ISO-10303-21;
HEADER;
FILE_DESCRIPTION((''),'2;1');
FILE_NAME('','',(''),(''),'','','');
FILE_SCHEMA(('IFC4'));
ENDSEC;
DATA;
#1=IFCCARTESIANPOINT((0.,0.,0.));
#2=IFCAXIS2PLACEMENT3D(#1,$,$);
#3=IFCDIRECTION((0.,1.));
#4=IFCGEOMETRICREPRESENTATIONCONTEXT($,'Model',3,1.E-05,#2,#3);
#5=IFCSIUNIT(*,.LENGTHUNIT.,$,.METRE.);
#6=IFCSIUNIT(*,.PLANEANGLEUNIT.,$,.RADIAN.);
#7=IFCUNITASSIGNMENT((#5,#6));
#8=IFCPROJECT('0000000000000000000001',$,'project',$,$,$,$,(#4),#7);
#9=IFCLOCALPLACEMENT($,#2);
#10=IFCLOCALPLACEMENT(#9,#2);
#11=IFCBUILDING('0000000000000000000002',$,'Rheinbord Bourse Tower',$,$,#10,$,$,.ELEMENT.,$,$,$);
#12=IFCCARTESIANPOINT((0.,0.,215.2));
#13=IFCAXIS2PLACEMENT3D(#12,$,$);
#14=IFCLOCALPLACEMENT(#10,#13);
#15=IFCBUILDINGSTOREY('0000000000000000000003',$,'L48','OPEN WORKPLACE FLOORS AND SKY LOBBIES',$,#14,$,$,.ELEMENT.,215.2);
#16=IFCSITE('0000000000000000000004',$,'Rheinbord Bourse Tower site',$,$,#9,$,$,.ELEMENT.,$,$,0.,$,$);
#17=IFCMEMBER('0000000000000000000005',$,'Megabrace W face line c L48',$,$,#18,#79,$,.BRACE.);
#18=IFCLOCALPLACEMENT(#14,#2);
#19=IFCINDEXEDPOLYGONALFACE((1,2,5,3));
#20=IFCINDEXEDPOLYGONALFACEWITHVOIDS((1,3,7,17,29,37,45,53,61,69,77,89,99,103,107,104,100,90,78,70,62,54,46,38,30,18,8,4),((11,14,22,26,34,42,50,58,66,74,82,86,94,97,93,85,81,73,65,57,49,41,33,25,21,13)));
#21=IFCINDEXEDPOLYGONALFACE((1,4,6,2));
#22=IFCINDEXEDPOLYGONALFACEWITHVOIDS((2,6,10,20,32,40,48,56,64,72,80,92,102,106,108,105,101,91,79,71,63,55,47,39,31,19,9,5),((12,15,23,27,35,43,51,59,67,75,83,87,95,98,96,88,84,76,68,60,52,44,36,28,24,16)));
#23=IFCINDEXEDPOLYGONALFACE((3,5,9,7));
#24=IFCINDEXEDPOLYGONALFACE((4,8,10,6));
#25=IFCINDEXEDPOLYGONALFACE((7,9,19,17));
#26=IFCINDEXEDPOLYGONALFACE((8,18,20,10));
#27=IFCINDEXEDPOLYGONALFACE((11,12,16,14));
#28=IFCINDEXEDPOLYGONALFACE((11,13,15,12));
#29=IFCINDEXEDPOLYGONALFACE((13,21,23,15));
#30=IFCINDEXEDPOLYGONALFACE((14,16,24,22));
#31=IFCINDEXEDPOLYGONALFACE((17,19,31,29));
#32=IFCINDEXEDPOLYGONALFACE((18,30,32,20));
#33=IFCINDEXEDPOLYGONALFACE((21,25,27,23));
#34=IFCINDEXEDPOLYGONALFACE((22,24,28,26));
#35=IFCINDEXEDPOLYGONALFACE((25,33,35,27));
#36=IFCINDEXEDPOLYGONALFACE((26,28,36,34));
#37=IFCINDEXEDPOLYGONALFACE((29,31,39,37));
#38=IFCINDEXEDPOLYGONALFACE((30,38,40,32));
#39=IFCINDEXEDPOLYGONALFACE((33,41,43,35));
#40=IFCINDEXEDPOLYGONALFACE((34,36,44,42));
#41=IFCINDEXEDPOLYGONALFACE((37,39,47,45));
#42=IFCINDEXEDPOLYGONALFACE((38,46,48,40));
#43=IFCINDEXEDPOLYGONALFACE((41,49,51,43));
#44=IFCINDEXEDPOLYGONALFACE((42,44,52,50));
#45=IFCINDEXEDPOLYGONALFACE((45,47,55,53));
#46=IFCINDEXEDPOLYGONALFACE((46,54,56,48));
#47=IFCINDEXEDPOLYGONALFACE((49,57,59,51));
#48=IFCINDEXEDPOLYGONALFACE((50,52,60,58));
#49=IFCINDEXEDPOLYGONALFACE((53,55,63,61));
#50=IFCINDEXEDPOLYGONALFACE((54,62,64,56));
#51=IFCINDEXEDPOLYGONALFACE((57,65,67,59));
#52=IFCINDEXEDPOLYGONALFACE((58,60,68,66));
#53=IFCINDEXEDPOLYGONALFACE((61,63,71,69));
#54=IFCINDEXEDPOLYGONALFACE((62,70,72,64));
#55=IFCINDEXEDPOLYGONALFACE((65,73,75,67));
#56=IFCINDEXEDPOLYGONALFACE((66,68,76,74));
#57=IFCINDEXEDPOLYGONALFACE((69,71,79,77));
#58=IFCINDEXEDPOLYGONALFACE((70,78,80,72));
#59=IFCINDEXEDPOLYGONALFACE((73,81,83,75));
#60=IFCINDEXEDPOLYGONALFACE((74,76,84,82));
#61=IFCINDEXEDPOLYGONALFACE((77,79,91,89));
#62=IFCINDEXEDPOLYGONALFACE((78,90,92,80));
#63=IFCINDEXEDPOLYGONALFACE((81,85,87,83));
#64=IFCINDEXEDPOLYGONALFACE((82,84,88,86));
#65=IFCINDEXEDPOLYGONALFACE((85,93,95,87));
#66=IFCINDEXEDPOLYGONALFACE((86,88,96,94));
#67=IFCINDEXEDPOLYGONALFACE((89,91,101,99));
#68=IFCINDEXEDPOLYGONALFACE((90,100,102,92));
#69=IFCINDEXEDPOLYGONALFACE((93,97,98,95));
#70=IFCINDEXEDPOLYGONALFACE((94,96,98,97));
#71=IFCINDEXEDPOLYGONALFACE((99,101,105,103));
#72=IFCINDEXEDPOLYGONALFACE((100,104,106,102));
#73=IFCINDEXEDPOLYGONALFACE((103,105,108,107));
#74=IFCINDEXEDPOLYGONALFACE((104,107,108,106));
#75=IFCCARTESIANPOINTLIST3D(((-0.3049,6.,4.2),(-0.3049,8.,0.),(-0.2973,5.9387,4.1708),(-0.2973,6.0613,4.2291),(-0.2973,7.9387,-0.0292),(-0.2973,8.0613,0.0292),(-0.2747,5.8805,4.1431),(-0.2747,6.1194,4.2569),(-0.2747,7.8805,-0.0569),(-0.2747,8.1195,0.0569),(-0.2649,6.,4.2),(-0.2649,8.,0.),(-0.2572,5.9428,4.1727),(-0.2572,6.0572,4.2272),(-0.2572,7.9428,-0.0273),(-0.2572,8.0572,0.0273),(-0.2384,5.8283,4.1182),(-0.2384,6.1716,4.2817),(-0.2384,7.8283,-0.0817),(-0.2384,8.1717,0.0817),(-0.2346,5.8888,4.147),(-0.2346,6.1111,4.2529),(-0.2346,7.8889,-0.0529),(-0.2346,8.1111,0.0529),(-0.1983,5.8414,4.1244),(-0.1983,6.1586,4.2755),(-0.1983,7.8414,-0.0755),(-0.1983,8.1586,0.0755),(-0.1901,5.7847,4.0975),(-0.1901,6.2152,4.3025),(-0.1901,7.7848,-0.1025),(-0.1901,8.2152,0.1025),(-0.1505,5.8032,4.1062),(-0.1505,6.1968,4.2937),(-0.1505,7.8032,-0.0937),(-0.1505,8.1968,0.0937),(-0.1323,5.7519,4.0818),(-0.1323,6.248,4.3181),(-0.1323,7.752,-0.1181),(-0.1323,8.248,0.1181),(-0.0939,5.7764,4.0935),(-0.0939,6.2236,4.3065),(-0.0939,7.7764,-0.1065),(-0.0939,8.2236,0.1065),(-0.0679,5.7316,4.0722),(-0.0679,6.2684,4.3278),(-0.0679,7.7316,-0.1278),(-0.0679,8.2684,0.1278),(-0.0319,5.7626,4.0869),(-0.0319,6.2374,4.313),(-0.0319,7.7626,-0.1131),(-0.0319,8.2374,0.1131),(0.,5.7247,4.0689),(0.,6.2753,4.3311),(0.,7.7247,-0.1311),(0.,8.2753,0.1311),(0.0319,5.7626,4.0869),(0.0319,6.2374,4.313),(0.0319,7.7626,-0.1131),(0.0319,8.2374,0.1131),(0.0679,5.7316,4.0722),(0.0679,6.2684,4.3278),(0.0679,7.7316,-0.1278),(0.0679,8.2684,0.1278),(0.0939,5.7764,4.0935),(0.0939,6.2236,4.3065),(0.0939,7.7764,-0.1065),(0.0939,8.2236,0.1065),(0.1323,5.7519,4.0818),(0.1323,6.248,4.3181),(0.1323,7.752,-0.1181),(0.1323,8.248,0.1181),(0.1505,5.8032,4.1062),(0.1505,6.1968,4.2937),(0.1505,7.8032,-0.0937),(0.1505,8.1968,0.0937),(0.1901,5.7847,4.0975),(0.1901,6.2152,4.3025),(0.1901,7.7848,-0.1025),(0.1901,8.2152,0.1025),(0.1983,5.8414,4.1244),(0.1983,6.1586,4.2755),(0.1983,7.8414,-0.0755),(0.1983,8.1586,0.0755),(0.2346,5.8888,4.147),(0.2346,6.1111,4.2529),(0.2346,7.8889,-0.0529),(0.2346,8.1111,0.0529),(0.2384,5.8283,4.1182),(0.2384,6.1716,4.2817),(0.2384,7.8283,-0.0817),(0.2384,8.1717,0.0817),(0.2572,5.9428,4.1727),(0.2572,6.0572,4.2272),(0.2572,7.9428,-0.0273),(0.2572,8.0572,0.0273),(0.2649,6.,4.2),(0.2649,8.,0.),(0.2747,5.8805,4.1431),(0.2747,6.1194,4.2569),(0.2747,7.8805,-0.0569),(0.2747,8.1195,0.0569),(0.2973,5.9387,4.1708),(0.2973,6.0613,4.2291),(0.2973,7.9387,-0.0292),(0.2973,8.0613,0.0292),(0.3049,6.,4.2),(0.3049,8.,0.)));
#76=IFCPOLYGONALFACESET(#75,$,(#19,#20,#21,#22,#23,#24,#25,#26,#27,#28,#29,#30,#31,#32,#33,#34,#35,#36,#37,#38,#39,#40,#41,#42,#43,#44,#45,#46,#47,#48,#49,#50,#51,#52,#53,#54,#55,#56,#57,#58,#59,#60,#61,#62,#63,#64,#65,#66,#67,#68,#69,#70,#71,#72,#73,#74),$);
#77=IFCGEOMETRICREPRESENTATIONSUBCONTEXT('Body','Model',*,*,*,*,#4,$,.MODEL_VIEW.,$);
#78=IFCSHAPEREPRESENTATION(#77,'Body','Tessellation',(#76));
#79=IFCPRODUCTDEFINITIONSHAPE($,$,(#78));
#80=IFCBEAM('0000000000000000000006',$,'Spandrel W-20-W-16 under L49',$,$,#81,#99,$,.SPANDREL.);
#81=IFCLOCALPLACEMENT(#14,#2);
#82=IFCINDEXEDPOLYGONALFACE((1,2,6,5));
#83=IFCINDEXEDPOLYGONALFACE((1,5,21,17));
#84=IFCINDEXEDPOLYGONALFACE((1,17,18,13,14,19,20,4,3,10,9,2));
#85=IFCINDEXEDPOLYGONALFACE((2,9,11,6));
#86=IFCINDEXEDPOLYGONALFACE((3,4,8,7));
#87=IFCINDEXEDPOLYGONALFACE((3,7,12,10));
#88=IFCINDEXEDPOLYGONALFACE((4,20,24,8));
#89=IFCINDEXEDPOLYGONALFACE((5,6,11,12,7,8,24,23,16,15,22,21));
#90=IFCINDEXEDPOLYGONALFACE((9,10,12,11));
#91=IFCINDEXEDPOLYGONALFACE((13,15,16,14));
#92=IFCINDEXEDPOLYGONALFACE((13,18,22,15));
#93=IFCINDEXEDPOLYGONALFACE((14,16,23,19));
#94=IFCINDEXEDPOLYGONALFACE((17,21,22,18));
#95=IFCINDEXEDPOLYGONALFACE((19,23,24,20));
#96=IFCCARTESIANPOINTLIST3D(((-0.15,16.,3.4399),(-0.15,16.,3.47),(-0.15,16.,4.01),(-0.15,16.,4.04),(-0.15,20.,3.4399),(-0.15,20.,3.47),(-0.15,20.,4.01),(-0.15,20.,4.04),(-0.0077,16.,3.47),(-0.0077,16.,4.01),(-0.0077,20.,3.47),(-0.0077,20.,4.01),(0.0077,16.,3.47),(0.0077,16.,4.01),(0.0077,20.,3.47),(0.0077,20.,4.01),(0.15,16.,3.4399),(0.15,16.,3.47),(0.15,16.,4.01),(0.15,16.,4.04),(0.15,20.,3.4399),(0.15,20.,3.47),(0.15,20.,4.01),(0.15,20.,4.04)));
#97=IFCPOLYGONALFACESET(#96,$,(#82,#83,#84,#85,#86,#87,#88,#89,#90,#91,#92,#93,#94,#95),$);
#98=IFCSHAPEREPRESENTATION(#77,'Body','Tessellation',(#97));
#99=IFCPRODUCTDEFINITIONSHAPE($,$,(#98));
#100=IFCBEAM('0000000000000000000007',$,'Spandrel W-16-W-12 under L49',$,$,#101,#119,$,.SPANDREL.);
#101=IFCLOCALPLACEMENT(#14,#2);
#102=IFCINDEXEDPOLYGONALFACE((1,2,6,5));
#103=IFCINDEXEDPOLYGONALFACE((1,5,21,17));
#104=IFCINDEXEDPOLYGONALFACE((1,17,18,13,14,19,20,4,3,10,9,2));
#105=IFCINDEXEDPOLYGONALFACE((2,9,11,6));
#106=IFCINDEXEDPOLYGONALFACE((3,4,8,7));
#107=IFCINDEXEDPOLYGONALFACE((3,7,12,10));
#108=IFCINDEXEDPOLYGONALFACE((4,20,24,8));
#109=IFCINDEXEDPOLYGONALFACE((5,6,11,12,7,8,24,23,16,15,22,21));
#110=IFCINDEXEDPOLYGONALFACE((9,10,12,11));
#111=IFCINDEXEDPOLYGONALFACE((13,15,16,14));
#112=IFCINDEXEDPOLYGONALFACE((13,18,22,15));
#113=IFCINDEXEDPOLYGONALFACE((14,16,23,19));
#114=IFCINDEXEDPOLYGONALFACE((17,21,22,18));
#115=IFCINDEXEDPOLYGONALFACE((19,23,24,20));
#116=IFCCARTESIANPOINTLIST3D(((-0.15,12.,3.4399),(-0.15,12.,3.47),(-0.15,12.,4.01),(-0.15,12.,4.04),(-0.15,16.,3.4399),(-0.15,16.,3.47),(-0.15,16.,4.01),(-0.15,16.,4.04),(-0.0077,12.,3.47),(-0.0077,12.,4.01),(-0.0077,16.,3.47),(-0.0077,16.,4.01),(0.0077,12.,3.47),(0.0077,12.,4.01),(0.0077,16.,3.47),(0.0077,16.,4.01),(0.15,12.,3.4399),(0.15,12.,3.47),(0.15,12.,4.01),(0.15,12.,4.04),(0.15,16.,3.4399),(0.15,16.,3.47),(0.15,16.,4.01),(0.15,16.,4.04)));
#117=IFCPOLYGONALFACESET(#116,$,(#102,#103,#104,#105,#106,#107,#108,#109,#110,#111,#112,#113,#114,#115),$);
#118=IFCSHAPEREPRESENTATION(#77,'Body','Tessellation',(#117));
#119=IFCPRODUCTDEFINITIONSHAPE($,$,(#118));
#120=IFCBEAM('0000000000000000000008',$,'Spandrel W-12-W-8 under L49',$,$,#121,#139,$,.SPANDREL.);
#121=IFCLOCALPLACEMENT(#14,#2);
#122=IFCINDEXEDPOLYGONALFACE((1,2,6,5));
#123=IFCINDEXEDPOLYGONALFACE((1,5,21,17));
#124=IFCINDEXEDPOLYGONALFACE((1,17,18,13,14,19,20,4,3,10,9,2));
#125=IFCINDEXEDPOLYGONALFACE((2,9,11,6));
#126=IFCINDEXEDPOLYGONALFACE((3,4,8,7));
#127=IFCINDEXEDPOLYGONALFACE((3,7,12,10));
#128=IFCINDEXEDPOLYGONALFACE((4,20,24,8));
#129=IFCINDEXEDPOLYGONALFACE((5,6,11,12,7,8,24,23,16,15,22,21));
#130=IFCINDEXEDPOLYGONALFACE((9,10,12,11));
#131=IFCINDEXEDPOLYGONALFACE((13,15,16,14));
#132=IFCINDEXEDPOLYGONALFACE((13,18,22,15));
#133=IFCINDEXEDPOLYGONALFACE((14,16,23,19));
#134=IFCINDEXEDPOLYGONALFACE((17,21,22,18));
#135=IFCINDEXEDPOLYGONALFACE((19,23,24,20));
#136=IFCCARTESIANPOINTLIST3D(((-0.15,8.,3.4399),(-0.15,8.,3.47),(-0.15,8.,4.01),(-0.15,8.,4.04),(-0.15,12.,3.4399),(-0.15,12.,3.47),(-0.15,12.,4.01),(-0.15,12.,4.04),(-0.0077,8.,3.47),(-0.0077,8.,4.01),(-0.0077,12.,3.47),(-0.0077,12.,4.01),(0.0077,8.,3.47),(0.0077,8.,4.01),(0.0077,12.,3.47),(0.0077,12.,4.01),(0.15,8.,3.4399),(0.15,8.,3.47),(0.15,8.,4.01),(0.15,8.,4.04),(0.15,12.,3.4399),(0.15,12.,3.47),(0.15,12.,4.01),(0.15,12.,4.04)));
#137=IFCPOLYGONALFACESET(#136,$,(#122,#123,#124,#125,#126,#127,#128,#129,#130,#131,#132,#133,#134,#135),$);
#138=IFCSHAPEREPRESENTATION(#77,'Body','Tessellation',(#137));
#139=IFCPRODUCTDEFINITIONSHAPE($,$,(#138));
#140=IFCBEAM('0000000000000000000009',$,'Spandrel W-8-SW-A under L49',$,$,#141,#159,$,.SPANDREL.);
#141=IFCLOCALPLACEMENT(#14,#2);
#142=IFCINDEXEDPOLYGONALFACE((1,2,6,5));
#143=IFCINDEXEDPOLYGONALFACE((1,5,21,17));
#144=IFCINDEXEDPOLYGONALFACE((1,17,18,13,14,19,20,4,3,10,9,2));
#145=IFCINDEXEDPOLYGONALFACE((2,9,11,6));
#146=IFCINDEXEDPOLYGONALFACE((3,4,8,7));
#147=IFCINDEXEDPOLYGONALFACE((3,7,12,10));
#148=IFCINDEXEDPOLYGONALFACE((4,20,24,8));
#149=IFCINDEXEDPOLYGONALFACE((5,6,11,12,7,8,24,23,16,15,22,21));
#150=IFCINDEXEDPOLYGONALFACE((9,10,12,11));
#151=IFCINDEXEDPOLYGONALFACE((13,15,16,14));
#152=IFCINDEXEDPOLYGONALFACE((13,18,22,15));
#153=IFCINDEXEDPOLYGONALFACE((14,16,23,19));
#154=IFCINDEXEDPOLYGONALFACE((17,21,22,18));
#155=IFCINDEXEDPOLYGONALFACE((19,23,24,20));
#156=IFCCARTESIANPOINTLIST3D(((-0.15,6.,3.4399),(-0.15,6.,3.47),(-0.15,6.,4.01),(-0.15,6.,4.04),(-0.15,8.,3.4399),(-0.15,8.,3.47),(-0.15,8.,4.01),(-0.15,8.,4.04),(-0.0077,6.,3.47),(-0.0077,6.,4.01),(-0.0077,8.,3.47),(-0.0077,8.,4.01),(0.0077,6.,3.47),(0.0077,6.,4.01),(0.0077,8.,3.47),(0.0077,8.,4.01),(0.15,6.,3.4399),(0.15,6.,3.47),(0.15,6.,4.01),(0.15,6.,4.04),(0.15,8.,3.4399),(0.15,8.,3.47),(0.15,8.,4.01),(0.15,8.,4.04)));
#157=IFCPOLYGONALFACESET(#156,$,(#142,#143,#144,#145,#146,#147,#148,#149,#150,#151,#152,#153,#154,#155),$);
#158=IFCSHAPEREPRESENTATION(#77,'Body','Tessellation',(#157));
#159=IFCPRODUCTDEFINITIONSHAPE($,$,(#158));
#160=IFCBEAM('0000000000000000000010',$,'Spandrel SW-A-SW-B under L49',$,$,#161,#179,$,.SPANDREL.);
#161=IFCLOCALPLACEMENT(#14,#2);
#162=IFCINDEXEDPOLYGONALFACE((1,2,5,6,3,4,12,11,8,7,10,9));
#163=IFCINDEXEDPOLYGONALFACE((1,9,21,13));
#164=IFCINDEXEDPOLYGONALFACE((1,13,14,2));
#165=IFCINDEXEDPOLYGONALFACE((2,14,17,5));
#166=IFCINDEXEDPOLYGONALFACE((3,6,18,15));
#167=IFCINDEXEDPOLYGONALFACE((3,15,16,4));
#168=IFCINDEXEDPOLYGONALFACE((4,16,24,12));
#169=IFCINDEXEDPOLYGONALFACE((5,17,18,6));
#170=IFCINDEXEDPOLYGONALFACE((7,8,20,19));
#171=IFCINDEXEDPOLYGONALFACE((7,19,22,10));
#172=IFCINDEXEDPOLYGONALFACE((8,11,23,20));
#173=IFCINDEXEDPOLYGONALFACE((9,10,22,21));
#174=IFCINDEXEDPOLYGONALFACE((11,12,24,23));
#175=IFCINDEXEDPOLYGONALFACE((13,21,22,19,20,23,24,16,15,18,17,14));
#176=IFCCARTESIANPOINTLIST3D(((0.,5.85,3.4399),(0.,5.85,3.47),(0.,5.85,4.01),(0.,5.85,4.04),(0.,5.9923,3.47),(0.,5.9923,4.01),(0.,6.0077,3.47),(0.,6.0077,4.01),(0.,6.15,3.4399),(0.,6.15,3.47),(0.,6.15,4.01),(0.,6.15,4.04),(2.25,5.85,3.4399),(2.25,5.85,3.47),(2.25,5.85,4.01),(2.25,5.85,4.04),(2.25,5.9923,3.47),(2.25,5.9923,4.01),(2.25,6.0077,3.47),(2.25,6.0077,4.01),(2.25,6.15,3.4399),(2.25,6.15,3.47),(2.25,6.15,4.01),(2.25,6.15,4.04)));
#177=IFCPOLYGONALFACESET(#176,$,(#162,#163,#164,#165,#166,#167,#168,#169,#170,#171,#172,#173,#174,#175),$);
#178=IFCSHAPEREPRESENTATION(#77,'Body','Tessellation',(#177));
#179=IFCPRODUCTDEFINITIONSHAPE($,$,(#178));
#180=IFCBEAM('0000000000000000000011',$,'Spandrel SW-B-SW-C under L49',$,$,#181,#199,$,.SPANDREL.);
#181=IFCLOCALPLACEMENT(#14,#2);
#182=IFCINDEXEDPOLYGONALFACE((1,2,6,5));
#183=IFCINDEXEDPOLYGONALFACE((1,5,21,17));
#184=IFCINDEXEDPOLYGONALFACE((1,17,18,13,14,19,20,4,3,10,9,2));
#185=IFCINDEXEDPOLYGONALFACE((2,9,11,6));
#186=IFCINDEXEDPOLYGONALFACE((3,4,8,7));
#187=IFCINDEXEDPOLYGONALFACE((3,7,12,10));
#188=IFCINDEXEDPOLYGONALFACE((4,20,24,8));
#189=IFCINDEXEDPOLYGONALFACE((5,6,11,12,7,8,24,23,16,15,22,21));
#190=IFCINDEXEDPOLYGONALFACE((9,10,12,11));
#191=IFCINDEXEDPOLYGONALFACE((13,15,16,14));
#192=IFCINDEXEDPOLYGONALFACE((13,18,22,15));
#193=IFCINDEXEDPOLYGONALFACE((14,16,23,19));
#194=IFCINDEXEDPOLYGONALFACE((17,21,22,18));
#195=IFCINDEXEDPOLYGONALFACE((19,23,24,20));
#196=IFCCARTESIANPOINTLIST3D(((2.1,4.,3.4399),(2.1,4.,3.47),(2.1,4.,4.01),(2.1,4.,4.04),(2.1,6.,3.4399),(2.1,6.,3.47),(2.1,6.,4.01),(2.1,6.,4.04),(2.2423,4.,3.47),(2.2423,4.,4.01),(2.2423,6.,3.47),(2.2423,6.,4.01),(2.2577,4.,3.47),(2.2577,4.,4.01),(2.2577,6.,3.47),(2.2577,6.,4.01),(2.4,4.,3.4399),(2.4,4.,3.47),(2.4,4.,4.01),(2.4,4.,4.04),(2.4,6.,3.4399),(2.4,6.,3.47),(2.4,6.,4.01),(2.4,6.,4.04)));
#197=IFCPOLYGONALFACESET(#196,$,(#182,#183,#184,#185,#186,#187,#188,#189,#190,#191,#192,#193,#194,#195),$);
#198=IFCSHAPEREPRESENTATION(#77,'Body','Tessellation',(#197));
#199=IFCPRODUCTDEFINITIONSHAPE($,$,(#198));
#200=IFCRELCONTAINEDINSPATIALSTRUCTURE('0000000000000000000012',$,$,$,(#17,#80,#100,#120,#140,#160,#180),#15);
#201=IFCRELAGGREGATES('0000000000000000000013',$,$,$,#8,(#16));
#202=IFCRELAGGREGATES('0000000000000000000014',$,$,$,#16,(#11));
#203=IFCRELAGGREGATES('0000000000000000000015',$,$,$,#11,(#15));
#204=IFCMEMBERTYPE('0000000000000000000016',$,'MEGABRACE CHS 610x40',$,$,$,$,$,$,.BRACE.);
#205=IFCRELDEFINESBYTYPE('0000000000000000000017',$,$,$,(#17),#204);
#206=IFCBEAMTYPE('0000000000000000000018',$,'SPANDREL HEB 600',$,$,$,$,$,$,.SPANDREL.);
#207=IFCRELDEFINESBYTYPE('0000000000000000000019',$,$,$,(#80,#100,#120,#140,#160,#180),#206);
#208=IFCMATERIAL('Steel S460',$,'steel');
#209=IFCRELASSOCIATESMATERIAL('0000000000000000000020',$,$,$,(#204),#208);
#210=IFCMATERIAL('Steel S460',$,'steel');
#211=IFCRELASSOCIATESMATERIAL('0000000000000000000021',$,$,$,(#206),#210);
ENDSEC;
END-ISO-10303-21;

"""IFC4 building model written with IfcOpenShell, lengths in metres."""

from ifc_helpers import new_model, si_unit, direction, frame, origin, origin_2d, place, context, subcontext, project, spatial, hollow_circle, i_section, extrude, material, material_profile, profile_set, type_object, element, save


model = new_model("IFC4")

# Units and contexts
model_context = context("Model", 3, precision=1e-05, world=origin(), true_north=direction((0.0, 1.0)))
body_context = subcontext(model_context, "Body", "Model", "MODEL_VIEW")
ifc_project = project(units=[si_unit("LENGTHUNIT", "METRE"), si_unit("PLANEANGLEUNIT", "RADIAN")], contexts=[model_context])

# Site, building, storey
site_placement = place(None, origin())
site = spatial("IfcSite", under=ifc_project, at=site_placement, Name="Rheinbord Bourse Tower site", CompositionType="ELEMENT", RefElevation=0.0)
building_placement = place(site_placement, origin())
building = spatial("IfcBuilding", under=site, at=building_placement, Name="Rheinbord Bourse Tower", CompositionType="ELEMENT")
storey_placement = place(building_placement, frame((0.0, 0.0, 215.2)))
storey = spatial("IfcBuildingStorey", under=building, at=storey_placement, Name="L48", Description="OPEN WORKPLACE FLOORS AND SKY LOBBIES", CompositionType="ELEMENT", Elevation=215.2)

# Member
ifc_material_1 = material(Name="Steel S460", Category="steel")
ifc_material_profile_1 = material_profile(ifc_material_1, hollow_circle(Radius=0.3049, WallThickness=0.04, at=origin_2d()), Name="CHS 610x40")
ifc_profile_set_1 = profile_set([ifc_material_profile_1], Name="Steel S460")
member_type_1 = type_object("IfcMemberType", Name="MEGABRACE CHS 610x40", PredefinedType="BRACE", material=ifc_profile_set_1)
member_1_placement = place(storey_placement, frame((0.0, 8.0, 0.0), z_axis=(0.0, -0.429938, 0.902859), x_axis=(1.0, 0.0, 0.0)))
element("IfcMember", 1, at=member_1_placement, inside=storey, type_object=member_type_1, Name="Megabrace W face line c L48", PredefinedType="BRACE", context=body_context, shape_type="SweptSolid", body=[
    extrude(hollow_circle(Radius=0.3049, WallThickness=0.04, at=origin_2d()), origin(), (0.0, 0.0, 1.0), 4.6519),
])

# Beams
ifc_material_2 = material(Name="Steel S460", Category="steel")
ifc_material_profile_2 = material_profile(ifc_material_2, i_section(OverallWidth=0.3, OverallDepth=0.6001, WebThickness=0.0154, FlangeThickness=0.03, at=origin_2d()), Name="HEB 600")
ifc_profile_set_2 = profile_set([ifc_material_profile_2], Name="Steel S460")
beam_type_1 = type_object("IfcBeamType", Name="SPANDREL HEB 600", PredefinedType="SPANDREL", material=ifc_profile_set_2)
for number, where, z_axis, x_axis, name in (
    (2, (0.0, 20.0, 3.74), (0.0, -1.0, 0.0), (1.0, 0.0, 0.0), "Spandrel W-20-W-16 under L49"),
    (3, (0.0, 16.0, 3.74), (0.0, -1.0, 0.0), (1.0, 0.0, 0.0), "Spandrel W-16-W-12 under L49"),
    (4, (0.0, 12.0, 3.74), (0.0, -1.0, 0.0), (1.0, 0.0, 0.0), "Spandrel W-12-W-8 under L49"),
):
    element("IfcBeam", number, at=place(storey_placement, frame(where, z_axis=z_axis, x_axis=x_axis)), inside=storey, type_object=beam_type_1, Name=name, PredefinedType="SPANDREL", context=body_context, shape_type="SweptSolid", body=[
        extrude(i_section(OverallWidth=0.3, OverallDepth=0.6001, WebThickness=0.0154, FlangeThickness=0.03, at=origin_2d()), origin(), (0.0, 0.0, 1.0), 4.0),
    ])
beam_1_placement = place(storey_placement, frame((0.0, 8.0, 3.74), z_axis=(0.0, -1.0, 0.0), x_axis=(1.0, 0.0, 0.0)))
element("IfcBeam", 5, at=beam_1_placement, inside=storey, type_object=beam_type_1, Name="Spandrel W-8-SW-A under L49", PredefinedType="SPANDREL", context=body_context, shape_type="SweptSolid", body=[
    extrude(i_section(OverallWidth=0.3, OverallDepth=0.6001, WebThickness=0.0154, FlangeThickness=0.03, at=origin_2d()), origin(), (0.0, 0.0, 1.0), 2.0),
])
beam_2_placement = place(storey_placement, frame((0.0, 6.0, 3.74), z_axis=(1.0, 0.0, 0.0), x_axis=(0.0, 1.0, 0.0)))
element("IfcBeam", 6, at=beam_2_placement, inside=storey, type_object=beam_type_1, Name="Spandrel SW-A-SW-B under L49", PredefinedType="SPANDREL", context=body_context, shape_type="SweptSolid", body=[
    extrude(i_section(OverallWidth=0.3, OverallDepth=0.6001, WebThickness=0.0154, FlangeThickness=0.03, at=origin_2d()), origin(), (0.0, 0.0, 1.0), 2.25),
])
beam_3_placement = place(storey_placement, frame((2.25, 6.0, 3.74), z_axis=(0.0, -1.0, 0.0), x_axis=(1.0, 0.0, 0.0)))
element("IfcBeam", 7, at=beam_3_placement, inside=storey, type_object=beam_type_1, Name="Spandrel SW-B-SW-C under L49", PredefinedType="SPANDREL", context=body_context, shape_type="SweptSolid", body=[
    extrude(i_section(OverallWidth=0.3, OverallDepth=0.6001, WebThickness=0.0154, FlangeThickness=0.03, at=origin_2d()), origin(), (0.0, 0.0, 1.0), 2.0),
])

save(model, "model.ifc")
